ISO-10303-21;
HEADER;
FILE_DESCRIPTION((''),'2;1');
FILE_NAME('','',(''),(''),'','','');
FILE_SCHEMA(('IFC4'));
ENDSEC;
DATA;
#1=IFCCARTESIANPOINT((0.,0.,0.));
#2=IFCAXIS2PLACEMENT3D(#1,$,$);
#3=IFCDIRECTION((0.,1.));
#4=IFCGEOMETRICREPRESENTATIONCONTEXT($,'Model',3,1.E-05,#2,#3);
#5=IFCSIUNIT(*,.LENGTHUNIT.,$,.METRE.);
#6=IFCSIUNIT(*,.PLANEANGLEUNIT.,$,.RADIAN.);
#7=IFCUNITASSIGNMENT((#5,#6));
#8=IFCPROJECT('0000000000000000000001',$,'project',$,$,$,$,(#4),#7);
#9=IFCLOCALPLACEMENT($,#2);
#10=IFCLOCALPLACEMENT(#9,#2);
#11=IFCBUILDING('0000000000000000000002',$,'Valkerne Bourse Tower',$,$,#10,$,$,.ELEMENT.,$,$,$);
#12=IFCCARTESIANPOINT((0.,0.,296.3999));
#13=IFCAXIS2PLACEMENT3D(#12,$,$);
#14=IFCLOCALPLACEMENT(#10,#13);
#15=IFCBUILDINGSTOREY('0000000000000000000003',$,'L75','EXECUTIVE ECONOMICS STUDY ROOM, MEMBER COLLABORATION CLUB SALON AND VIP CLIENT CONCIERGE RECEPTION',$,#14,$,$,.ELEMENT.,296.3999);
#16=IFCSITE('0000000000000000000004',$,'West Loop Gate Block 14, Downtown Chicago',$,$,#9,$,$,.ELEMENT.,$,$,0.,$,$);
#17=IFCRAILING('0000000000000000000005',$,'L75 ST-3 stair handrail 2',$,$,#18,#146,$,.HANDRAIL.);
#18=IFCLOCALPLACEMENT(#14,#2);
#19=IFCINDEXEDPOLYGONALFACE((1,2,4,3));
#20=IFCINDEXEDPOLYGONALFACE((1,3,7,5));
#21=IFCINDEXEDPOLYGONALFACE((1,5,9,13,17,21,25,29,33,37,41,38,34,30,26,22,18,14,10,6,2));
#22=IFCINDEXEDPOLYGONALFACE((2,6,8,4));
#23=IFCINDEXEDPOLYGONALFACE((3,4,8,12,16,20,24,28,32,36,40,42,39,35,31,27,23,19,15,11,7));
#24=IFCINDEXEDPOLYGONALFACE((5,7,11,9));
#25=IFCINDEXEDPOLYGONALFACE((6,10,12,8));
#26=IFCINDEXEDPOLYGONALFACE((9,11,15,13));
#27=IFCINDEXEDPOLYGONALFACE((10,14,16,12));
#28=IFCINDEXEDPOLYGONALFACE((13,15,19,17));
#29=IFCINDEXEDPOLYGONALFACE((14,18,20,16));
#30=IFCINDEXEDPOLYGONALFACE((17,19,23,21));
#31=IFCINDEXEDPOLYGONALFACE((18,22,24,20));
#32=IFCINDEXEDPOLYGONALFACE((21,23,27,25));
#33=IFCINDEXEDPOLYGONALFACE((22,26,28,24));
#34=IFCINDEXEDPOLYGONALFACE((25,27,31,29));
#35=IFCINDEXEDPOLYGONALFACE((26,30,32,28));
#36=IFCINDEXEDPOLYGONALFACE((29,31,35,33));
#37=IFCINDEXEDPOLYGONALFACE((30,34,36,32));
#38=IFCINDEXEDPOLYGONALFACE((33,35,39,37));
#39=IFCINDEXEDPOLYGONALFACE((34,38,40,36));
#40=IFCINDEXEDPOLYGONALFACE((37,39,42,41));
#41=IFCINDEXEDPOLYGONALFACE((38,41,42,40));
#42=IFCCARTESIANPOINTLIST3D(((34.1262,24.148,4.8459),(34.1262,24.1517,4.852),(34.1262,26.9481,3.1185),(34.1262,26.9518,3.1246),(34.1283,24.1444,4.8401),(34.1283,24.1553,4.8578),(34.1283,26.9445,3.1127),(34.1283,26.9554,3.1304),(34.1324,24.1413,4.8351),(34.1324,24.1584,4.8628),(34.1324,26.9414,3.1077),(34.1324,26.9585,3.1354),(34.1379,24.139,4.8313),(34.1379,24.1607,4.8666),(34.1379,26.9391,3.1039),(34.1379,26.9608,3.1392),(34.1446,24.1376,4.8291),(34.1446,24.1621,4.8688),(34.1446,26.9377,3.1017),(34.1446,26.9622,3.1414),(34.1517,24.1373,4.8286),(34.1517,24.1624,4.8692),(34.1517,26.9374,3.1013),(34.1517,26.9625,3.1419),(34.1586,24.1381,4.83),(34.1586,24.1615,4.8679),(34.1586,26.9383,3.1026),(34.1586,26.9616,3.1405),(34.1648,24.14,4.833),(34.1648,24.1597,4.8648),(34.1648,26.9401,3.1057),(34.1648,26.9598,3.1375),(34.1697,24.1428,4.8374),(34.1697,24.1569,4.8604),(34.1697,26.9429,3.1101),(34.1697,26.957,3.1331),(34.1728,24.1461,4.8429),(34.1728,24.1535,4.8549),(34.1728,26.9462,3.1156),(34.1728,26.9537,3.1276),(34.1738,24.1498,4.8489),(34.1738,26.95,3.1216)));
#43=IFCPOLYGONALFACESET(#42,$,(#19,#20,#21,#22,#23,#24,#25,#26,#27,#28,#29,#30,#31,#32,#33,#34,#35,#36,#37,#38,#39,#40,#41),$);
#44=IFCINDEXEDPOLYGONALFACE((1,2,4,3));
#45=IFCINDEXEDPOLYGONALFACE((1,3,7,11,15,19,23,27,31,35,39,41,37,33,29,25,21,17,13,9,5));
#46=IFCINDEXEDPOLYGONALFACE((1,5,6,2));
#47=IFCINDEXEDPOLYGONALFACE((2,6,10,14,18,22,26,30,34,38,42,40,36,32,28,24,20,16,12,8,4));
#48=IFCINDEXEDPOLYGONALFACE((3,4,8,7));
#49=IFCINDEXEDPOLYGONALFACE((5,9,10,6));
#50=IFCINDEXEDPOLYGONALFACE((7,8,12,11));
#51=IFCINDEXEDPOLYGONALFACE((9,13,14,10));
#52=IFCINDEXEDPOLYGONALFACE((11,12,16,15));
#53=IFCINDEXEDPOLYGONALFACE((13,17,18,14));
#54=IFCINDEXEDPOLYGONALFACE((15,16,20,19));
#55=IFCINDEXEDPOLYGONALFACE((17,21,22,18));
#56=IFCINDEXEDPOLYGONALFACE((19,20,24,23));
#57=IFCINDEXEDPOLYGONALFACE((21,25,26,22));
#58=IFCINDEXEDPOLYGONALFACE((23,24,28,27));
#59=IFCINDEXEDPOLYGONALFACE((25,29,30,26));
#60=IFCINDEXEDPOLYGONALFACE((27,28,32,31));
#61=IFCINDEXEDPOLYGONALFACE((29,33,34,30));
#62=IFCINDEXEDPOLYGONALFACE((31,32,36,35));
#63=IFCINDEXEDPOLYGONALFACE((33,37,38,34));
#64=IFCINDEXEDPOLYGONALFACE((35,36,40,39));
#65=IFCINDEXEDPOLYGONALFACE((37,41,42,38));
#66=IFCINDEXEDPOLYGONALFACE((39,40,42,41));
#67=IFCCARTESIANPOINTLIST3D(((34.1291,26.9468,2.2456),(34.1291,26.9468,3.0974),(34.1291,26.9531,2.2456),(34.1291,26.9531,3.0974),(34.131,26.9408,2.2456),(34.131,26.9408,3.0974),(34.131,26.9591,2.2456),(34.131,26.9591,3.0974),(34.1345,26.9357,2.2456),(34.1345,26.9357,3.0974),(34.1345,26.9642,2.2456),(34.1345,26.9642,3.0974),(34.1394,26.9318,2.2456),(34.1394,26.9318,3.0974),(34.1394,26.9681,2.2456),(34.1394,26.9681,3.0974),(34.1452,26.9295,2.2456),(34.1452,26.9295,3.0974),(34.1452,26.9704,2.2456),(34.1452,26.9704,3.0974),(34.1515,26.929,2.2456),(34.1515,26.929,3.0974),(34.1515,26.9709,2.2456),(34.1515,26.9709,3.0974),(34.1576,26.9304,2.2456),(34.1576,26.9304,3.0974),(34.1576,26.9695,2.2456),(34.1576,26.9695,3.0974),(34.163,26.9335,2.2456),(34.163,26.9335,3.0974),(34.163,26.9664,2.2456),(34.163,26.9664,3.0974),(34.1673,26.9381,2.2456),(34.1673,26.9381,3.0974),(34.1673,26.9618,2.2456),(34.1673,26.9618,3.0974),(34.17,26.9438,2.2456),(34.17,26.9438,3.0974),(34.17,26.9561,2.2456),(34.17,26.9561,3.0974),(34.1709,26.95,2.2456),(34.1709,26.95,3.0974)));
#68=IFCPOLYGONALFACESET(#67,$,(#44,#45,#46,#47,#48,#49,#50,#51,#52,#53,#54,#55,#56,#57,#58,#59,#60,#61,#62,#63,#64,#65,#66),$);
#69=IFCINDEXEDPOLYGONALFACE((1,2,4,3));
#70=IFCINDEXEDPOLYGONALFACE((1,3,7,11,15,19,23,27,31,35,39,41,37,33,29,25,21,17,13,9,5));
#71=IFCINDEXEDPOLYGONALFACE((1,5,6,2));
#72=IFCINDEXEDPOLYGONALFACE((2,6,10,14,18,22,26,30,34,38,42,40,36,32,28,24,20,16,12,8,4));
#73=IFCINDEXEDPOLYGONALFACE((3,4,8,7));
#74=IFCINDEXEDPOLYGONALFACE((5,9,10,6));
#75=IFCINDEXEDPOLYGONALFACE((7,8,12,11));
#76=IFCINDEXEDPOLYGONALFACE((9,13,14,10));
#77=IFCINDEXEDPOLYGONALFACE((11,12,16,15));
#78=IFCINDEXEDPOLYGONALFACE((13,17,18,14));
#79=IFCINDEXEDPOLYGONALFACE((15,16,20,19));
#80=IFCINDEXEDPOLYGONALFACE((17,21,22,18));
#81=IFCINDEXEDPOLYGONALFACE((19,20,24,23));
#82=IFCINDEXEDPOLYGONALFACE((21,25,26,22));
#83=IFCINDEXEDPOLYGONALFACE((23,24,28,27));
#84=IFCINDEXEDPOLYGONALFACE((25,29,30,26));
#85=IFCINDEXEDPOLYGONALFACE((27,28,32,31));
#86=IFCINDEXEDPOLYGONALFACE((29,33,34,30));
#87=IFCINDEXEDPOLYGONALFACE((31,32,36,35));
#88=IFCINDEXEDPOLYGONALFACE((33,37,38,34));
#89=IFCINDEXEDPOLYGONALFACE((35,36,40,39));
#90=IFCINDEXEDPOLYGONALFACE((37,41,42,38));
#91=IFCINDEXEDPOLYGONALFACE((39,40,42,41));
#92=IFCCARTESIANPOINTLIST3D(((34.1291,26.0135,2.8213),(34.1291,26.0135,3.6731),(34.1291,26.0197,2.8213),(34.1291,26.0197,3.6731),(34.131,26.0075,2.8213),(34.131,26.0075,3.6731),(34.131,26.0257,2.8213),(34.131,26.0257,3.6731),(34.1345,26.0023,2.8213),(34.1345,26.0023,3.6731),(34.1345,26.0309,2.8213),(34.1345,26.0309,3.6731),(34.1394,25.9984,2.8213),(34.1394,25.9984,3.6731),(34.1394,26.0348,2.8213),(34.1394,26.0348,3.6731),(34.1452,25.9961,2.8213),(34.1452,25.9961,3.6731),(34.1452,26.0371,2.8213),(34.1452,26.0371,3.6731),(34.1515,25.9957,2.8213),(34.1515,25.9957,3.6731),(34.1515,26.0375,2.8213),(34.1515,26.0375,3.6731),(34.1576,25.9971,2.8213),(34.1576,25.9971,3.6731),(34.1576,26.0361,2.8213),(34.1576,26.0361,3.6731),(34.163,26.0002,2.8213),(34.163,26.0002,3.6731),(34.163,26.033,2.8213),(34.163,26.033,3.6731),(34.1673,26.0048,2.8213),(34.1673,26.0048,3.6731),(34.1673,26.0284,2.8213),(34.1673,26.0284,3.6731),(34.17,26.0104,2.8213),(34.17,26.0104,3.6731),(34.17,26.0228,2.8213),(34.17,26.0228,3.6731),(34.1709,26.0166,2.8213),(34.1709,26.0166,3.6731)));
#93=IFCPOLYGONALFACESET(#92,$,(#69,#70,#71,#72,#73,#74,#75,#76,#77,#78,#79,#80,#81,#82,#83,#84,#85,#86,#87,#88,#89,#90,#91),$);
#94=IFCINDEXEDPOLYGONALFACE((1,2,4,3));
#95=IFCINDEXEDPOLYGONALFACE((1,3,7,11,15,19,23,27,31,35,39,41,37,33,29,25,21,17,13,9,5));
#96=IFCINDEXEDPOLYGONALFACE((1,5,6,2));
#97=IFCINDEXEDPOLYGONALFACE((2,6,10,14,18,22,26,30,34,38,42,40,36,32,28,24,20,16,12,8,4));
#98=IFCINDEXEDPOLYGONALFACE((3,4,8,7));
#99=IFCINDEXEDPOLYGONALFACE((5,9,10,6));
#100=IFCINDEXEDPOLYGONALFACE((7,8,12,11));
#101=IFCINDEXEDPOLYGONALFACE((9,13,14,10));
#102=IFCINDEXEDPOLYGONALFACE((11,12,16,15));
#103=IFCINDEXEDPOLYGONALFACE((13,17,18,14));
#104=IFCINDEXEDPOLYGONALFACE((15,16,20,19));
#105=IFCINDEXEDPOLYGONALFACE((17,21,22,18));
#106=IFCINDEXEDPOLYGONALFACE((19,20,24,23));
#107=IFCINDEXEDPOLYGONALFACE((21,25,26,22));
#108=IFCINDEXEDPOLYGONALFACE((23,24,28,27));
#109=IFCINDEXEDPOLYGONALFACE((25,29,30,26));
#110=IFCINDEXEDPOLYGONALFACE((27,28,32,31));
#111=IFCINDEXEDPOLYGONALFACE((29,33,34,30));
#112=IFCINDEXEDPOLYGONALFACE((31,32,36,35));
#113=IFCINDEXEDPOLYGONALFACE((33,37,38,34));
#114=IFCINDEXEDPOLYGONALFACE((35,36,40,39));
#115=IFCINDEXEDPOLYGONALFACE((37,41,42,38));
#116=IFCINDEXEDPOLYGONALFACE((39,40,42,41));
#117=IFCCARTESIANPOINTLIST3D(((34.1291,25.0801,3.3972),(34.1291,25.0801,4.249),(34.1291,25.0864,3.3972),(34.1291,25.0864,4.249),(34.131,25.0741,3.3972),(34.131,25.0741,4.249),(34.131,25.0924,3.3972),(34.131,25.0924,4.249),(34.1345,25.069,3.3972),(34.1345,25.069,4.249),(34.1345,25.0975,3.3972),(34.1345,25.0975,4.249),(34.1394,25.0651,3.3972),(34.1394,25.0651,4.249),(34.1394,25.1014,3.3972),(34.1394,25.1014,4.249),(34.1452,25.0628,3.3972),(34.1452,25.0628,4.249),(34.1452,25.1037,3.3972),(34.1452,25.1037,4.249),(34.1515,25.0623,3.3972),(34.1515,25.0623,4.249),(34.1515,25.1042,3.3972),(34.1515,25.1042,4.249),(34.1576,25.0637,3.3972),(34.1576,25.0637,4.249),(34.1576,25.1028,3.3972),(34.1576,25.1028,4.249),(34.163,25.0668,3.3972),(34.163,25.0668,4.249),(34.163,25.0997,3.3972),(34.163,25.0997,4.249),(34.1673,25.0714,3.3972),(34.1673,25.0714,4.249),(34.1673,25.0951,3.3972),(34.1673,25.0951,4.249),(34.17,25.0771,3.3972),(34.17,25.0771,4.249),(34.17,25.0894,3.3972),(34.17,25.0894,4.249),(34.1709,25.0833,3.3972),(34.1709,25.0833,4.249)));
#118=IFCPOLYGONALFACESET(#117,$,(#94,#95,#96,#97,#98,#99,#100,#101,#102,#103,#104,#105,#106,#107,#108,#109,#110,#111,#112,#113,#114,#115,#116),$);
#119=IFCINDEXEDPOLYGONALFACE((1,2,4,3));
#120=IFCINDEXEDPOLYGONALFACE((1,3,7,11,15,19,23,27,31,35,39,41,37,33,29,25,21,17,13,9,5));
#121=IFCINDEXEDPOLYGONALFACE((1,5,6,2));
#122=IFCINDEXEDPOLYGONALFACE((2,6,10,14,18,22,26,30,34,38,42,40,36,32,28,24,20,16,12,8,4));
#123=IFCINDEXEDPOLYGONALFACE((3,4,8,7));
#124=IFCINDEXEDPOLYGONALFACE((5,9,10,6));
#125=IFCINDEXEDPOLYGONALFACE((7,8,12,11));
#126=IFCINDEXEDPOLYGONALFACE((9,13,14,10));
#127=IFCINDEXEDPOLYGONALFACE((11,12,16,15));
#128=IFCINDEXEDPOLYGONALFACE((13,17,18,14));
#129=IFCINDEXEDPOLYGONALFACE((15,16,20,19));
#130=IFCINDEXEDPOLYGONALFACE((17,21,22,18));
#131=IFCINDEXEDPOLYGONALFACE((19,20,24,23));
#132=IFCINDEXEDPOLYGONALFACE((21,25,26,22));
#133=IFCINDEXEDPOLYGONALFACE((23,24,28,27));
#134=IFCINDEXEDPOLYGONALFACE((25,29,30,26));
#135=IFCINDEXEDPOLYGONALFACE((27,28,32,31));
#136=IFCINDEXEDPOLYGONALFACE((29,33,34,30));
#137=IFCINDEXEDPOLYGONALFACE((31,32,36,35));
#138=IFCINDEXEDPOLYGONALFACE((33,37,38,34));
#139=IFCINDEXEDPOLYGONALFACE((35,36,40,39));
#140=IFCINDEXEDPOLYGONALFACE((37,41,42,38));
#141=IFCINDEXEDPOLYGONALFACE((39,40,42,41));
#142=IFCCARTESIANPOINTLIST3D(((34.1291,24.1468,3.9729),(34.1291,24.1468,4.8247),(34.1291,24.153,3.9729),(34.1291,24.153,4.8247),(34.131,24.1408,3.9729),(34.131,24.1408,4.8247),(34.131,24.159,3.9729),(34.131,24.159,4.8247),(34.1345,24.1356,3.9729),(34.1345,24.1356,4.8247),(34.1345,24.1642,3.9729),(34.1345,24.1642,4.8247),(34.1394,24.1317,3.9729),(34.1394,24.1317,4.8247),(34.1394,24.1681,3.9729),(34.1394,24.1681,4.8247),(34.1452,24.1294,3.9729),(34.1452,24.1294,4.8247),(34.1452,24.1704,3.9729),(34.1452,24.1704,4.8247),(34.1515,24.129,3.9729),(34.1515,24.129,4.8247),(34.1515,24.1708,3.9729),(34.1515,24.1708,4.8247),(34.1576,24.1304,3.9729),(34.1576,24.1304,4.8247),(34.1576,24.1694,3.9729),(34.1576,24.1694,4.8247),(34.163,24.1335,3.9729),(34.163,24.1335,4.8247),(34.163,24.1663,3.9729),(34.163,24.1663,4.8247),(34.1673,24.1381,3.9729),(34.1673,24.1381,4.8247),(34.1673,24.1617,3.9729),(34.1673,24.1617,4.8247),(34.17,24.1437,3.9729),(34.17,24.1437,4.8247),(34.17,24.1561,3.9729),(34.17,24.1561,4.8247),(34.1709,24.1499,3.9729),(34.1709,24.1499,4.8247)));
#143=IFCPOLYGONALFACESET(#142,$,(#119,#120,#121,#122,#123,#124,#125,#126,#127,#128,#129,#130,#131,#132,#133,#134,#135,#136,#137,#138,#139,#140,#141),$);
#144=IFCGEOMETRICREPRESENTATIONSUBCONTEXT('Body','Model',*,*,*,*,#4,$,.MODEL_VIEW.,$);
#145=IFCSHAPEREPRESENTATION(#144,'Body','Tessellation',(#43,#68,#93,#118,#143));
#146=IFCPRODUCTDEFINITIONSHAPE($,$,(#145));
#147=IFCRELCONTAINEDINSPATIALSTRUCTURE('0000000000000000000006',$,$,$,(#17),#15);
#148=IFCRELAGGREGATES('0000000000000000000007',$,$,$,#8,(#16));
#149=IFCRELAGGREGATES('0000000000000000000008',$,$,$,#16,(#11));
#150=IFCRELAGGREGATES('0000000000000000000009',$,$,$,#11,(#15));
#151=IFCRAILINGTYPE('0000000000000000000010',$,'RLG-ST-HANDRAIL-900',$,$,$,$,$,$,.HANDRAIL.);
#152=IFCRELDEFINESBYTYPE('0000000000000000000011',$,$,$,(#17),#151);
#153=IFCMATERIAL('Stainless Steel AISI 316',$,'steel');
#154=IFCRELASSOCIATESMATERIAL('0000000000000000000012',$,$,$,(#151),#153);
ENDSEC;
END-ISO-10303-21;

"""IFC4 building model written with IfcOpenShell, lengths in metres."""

from ifc_helpers import new_model, si_unit, direction, frame, origin, origin_2d, place, context, subcontext, project, spatial, circle, extrude, material, type_object, element, save


model = new_model("IFC4")

# Units and contexts
model_context = context("Model", 3, precision=1e-05, world=origin(), true_north=direction((0.0, 1.0)))
body_context = subcontext(model_context, "Body", "Model", "MODEL_VIEW")
ifc_project = project(units=[si_unit("LENGTHUNIT", "METRE"), si_unit("PLANEANGLEUNIT", "RADIAN")], contexts=[model_context])

# Site, building, storey
site_placement = place(None, origin())
site = spatial("IfcSite", under=ifc_project, at=site_placement, Name="West Loop Gate Block 14, Downtown Chicago", CompositionType="ELEMENT", RefElevation=0.0)
building_placement = place(site_placement, origin())
building = spatial("IfcBuilding", under=site, at=building_placement, Name="Valkerne Bourse Tower", CompositionType="ELEMENT")
storey_placement = place(building_placement, frame((0.0, 0.0, 296.3999)))
storey = spatial("IfcBuildingStorey", under=building, at=storey_placement, Name="L75", Description="EXECUTIVE ECONOMICS STUDY ROOM, MEMBER COLLABORATION CLUB SALON AND VIP CLIENT CONCIERGE RECEPTION", CompositionType="ELEMENT", Elevation=296.3999)

# Shared definitions
ifc_material_1 = material(Name="Stainless Steel AISI 316", Category="steel")

# Railing
railing_type_1 = type_object("IfcRailingType", Name="RLG-ST-HANDRAIL-900", PredefinedType="HANDRAIL", material=ifc_material_1)
railing_1_placement = place(storey_placement, frame((34.1499, 26.95, 2.2456)))
element("IfcRailing", 1, at=railing_1_placement, inside=storey, type_object=railing_type_1, Name="L75 ST-3 stair handrail 2", PredefinedType="HANDRAIL", context=body_context, shape_type="SweptSolid", body=[
    extrude(circle(Radius=0.0239, at=origin_2d()), frame((0.0, 0.0, 0.876), z_axis=(0.0, -0.85109, 0.52502), x_axis=(1.0, 0.0, 0.0)), (0.0, 0.0, 1.0), 3.29),
    extrude(circle(Radius=0.021, at=origin_2d()), origin(), (0.0, 0.0, 1.0), 0.8518),
    extrude(circle(Radius=0.021, at=origin_2d()), frame((0.0, -0.9333, 0.5757)), (0.0, 0.0, 1.0), 0.8518),
    extrude(circle(Radius=0.021, at=origin_2d()), frame((0.0, -1.8667, 1.1516)), (0.0, 0.0, 1.0), 0.8518),
    extrude(circle(Radius=0.021, at=origin_2d()), frame((0.0, -2.8, 1.7273)), (0.0, 0.0, 1.0), 0.8518),
])

save(model, "model.ifc")
